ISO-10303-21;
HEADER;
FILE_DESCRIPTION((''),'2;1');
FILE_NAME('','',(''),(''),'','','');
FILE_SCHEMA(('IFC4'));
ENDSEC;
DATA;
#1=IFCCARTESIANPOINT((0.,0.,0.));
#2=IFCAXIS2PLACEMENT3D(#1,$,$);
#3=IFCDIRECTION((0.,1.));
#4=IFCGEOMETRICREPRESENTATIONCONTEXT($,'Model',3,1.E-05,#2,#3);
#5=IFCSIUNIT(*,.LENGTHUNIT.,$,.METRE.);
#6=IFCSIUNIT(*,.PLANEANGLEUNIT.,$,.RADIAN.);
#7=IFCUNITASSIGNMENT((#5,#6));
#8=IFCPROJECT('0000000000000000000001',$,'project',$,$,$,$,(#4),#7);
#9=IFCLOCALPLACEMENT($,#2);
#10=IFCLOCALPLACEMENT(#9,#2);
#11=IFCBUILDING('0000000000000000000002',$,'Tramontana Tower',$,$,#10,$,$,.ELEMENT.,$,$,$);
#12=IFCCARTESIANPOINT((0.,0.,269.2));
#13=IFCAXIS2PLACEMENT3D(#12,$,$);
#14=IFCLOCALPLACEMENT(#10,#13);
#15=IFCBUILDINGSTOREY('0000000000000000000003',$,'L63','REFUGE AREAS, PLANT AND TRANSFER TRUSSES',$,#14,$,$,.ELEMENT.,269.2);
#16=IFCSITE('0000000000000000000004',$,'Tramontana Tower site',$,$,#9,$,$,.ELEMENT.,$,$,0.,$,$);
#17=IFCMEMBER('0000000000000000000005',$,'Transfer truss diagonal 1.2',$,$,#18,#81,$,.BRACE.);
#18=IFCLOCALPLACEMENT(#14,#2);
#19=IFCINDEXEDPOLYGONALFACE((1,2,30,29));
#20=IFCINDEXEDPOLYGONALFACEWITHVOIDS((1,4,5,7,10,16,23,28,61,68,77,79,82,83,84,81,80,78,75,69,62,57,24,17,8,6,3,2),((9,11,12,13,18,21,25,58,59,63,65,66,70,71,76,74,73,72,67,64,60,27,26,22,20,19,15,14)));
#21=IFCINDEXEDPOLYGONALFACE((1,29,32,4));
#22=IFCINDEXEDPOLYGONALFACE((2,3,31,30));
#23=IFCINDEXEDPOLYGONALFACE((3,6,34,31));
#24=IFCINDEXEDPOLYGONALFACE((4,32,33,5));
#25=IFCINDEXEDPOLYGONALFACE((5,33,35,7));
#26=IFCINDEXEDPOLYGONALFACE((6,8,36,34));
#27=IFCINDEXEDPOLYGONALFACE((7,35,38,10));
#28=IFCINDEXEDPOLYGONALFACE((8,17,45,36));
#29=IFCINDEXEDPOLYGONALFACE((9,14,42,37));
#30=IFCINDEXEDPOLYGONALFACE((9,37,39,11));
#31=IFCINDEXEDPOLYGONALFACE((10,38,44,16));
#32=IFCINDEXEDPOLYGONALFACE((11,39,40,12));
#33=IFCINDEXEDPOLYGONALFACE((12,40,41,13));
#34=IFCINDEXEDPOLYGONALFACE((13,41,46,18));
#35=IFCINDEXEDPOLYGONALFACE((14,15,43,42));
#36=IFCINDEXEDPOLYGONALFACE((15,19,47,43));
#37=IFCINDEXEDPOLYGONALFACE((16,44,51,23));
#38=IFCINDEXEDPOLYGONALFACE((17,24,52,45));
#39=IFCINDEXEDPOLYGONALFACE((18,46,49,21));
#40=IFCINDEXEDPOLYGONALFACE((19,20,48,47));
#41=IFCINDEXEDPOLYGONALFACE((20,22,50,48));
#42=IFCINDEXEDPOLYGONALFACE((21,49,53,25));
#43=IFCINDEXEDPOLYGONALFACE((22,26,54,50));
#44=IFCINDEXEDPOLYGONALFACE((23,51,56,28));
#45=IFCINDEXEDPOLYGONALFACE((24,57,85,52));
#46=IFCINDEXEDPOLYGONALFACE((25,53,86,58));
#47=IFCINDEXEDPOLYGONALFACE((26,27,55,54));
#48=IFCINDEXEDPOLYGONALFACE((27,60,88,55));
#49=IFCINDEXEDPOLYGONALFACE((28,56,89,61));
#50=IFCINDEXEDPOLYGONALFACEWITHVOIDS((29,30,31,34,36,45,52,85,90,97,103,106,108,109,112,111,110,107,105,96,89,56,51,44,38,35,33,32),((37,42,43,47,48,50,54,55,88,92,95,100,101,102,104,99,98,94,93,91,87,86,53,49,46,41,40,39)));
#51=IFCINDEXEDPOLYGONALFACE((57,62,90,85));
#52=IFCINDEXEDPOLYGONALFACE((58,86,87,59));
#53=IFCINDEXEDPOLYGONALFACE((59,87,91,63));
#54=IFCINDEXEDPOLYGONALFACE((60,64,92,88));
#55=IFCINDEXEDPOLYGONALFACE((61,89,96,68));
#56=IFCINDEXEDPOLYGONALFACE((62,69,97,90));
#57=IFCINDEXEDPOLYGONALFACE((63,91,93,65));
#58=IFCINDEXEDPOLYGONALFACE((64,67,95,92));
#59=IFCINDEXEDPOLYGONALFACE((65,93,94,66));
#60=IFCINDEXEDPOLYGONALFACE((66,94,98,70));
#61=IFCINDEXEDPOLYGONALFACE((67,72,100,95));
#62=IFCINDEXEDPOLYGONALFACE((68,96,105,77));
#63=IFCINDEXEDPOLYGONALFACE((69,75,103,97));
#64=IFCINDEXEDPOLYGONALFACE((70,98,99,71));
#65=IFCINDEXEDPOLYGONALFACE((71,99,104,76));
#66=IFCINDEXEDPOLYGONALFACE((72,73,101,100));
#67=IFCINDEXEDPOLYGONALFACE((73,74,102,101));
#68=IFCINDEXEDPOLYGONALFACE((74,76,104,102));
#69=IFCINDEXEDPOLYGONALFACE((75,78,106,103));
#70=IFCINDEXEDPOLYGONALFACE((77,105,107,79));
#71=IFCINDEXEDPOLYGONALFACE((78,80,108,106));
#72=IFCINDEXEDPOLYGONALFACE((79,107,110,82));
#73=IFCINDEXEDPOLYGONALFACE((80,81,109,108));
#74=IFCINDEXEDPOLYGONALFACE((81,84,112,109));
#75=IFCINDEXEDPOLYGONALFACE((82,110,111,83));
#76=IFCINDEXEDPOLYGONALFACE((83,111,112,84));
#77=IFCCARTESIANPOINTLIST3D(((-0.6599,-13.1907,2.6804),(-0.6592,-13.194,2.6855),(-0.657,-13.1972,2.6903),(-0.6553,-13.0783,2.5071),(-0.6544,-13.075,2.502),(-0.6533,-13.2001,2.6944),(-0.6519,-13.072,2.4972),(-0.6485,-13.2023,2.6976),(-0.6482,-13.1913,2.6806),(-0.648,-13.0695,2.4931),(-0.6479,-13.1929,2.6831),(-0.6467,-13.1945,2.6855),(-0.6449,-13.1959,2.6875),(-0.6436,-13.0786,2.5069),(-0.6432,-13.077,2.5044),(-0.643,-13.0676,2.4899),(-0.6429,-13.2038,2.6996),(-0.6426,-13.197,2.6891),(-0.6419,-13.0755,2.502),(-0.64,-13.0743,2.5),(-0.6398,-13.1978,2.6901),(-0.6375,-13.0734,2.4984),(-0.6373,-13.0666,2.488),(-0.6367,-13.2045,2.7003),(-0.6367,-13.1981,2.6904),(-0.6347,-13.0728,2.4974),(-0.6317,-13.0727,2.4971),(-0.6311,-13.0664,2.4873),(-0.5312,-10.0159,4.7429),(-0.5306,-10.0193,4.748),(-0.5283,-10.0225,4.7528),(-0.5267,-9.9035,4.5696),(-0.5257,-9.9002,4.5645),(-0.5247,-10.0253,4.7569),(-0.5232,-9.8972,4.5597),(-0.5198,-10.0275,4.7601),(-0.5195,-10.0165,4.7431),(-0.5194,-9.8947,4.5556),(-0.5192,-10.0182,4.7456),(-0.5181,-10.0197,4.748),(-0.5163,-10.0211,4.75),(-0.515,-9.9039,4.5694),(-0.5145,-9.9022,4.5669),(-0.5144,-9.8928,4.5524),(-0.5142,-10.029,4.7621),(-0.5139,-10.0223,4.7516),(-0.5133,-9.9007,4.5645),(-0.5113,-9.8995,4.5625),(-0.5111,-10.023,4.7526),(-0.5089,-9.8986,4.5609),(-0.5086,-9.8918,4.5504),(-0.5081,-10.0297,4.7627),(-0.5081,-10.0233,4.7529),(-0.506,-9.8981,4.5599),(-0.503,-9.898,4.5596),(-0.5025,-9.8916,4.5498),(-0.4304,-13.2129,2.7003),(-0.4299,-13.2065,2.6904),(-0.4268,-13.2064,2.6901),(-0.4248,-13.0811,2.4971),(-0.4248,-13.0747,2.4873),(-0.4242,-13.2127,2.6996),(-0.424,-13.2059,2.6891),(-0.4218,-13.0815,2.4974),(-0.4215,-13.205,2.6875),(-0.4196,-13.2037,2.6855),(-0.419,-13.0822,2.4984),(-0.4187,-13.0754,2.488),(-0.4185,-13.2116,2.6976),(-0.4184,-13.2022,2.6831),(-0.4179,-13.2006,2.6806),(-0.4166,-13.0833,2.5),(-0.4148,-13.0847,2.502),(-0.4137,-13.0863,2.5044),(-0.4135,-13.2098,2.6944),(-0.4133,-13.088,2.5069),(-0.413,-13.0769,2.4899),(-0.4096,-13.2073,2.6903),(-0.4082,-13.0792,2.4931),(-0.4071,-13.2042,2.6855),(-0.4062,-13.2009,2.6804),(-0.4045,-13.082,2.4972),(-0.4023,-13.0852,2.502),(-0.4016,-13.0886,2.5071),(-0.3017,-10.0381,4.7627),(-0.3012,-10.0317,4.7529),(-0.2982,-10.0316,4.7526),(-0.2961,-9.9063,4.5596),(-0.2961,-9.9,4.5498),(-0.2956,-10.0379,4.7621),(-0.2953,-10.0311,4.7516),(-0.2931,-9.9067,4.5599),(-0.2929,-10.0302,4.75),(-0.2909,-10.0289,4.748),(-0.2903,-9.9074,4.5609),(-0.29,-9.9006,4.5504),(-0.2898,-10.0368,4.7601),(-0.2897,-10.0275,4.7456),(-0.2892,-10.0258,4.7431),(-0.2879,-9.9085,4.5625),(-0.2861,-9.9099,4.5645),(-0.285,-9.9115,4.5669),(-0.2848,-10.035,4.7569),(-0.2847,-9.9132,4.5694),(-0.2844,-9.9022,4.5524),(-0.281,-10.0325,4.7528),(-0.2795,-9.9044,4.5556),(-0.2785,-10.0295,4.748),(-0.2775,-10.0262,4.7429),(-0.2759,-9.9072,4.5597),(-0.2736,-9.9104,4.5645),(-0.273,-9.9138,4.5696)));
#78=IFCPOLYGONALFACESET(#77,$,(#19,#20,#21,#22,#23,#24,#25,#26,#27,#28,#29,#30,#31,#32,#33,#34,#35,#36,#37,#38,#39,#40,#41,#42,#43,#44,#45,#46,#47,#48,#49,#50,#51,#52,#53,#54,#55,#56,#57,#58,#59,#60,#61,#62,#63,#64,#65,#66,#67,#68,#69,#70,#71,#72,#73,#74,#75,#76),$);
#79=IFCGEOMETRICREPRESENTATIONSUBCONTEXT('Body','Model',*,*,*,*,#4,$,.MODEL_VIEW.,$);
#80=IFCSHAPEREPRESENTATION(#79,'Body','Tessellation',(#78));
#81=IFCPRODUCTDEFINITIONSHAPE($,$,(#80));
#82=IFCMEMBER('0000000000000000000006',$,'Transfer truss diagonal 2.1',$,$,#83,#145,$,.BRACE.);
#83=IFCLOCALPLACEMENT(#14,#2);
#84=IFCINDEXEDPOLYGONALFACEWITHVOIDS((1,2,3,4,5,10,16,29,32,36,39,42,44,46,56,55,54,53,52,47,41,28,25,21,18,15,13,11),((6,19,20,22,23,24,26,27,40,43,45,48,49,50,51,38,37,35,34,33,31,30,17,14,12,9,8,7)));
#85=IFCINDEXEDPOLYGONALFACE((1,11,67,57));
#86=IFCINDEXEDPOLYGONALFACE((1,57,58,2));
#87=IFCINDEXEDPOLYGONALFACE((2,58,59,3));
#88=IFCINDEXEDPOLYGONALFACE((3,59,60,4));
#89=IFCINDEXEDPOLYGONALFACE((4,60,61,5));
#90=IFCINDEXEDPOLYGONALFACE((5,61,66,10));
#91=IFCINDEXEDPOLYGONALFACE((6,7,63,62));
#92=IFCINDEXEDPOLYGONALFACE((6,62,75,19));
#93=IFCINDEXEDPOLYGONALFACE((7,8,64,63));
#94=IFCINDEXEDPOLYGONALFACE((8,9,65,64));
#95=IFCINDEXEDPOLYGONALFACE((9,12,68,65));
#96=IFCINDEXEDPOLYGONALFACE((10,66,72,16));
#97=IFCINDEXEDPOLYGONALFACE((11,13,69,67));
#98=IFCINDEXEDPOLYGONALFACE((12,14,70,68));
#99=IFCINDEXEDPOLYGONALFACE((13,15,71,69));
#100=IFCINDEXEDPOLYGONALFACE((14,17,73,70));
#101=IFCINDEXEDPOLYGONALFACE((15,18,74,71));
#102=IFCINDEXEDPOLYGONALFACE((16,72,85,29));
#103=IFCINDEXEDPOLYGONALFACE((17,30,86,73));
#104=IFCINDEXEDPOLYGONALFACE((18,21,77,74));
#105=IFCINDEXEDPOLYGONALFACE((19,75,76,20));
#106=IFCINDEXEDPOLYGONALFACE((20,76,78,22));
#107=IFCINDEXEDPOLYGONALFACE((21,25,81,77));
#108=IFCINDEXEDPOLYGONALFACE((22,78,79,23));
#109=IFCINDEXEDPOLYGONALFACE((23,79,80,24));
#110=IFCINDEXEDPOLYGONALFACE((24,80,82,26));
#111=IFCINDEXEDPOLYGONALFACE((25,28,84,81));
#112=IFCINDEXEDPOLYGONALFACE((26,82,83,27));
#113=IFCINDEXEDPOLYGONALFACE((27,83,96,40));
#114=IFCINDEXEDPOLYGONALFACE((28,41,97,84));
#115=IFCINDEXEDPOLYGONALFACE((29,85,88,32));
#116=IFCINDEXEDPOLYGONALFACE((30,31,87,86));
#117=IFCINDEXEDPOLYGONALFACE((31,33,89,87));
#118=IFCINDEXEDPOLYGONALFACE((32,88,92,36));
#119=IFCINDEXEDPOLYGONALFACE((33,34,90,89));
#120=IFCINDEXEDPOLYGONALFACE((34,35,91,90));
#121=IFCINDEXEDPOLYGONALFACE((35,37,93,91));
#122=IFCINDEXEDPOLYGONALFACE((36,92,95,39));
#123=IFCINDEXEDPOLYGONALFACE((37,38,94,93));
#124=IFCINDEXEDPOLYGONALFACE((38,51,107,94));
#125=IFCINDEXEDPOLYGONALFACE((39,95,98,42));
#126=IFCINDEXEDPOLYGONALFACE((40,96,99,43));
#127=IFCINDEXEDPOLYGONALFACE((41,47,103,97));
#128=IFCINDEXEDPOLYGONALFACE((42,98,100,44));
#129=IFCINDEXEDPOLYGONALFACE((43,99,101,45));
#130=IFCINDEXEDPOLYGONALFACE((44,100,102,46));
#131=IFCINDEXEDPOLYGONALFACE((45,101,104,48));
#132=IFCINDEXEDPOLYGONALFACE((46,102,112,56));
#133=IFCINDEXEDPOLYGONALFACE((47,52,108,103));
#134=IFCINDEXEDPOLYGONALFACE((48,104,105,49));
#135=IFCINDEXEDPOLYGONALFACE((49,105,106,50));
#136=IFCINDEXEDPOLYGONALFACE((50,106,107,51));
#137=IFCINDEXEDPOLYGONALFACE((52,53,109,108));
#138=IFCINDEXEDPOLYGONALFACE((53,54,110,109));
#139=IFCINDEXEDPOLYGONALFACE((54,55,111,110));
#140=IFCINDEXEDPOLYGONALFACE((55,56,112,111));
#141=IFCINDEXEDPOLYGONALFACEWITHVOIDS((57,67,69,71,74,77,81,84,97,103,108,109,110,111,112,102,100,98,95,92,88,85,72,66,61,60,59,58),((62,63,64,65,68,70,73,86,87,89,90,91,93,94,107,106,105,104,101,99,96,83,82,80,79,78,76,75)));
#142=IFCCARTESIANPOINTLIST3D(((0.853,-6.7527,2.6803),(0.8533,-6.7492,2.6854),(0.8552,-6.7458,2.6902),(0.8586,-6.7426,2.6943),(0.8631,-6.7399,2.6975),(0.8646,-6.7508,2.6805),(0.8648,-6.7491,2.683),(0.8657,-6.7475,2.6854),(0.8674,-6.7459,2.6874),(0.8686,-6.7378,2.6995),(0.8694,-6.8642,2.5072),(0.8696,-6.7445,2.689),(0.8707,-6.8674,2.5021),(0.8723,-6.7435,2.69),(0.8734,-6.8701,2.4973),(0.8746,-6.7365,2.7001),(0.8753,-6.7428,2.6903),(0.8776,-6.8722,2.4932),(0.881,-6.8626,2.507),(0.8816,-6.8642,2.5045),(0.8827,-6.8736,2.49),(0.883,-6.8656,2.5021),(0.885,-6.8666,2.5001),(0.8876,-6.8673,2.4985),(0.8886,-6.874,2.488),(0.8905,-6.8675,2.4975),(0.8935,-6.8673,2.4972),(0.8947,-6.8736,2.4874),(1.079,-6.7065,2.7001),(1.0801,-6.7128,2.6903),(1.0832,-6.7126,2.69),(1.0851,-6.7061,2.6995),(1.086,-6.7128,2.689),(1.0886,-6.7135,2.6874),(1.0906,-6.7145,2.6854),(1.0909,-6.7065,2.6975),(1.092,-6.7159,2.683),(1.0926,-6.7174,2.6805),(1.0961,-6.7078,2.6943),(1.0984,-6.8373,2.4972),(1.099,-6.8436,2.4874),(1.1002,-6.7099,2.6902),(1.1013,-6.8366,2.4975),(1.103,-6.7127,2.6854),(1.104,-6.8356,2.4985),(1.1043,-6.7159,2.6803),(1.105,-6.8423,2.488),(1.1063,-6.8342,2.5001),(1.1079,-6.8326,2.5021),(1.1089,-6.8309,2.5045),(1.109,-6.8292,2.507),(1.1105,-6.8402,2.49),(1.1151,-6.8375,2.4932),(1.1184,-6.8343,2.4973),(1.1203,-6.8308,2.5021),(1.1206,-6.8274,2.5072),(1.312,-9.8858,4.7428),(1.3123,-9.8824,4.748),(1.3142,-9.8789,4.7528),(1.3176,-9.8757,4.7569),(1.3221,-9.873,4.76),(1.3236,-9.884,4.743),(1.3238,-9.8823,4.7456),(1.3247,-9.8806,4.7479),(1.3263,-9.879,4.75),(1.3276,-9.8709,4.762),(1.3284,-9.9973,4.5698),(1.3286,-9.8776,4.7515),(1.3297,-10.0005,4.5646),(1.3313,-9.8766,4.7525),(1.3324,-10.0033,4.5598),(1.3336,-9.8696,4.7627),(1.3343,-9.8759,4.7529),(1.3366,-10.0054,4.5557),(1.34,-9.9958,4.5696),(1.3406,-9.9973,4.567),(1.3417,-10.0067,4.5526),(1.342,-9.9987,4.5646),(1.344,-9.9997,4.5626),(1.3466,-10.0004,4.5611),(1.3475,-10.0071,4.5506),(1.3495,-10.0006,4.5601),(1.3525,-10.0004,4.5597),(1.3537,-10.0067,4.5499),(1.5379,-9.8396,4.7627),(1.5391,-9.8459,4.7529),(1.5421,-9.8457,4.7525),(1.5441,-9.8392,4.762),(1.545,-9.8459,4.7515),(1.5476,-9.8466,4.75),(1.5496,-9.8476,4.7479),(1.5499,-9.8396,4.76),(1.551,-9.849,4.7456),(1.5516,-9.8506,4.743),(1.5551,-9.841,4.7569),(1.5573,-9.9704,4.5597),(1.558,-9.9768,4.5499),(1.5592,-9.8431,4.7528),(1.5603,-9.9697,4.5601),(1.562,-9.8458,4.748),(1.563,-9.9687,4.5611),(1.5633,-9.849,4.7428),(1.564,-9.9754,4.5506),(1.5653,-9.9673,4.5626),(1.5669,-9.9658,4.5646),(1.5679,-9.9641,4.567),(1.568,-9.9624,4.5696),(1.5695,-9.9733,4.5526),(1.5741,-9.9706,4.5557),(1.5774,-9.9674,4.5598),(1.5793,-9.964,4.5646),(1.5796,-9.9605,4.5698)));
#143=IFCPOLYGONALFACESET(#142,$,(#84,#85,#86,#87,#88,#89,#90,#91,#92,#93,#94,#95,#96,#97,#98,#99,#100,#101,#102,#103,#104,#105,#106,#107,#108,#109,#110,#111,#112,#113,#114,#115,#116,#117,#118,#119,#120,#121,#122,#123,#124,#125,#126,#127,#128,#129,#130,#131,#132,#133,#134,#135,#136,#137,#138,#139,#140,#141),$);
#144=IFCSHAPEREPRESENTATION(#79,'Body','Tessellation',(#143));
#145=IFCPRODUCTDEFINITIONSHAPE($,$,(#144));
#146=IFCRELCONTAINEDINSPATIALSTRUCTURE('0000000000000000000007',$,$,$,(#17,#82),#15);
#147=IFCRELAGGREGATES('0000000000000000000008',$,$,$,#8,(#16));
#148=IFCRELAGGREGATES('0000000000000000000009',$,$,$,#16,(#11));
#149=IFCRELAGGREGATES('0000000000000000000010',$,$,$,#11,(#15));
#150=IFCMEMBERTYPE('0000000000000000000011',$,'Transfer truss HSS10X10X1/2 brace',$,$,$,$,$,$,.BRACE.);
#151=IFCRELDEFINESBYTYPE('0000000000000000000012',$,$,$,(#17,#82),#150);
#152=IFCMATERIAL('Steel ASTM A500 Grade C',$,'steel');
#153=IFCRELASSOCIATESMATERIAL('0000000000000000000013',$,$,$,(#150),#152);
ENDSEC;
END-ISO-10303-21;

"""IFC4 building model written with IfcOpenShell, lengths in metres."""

from ifc_helpers import new_model, si_unit, direction, frame, origin, origin_2d, place, context, subcontext, project, spatial, hollow_rectangle, extrude, material, material_profile, profile_set, type_object, element, save


model = new_model("IFC4")

# Units and contexts
model_context = context("Model", 3, precision=1e-05, world=origin(), true_north=direction((0.0, 1.0)))
body_context = subcontext(model_context, "Body", "Model", "MODEL_VIEW")
ifc_project = project(units=[si_unit("LENGTHUNIT", "METRE"), si_unit("PLANEANGLEUNIT", "RADIAN")], contexts=[model_context])

# Site, building, storey
site_placement = place(None, origin())
site = spatial("IfcSite", under=ifc_project, at=site_placement, Name="Tramontana Tower site", CompositionType="ELEMENT", RefElevation=0.0)
building_placement = place(site_placement, origin())
building = spatial("IfcBuilding", under=site, at=building_placement, Name="Tramontana Tower", CompositionType="ELEMENT")
storey_placement = place(building_placement, frame((0.0, 0.0, 269.2)))
storey = spatial("IfcBuildingStorey", under=building, at=storey_placement, Name="L63", Description="REFUGE AREAS, PLANT AND TRANSFER TRUSSES", CompositionType="ELEMENT", Elevation=269.2)

# Members
ifc_material_1 = material(Name="Steel ASTM A500 Grade C", Category="steel")
ifc_material_profile_1 = material_profile(ifc_material_1, hollow_rectangle(XDim=0.2539, YDim=0.2539, WallThickness=0.0117, InnerFilletRadius=0.0117, OuterFilletRadius=0.0237, at=origin_2d()), Name="HSS10X10X1/2")
ifc_profile_set_1 = profile_set([ifc_material_profile_1], Name="Steel ASTM A500 Grade C")
member_type_1 = type_object("IfcMemberType", Name="Transfer truss HSS10X10X1/2 brace", PredefinedType="BRACE", material=ifc_profile_set_1)
for number, where, z_axis, x_axis, name in (
    (1, (-0.4021, -9.9648, 4.6562), (-0.033965, -0.838095, -0.544465), (0.99918, -0.040493, 0.0), "Transfer truss diagonal 1.2"),
):
    element("IfcMember", number, at=place(storey_placement, frame(where, z_axis=z_axis, x_axis=x_axis)), inside=storey, type_object=member_type_1, Name=name, PredefinedType="BRACE", context=body_context, shape_type="SweptSolid", body=[
        extrude(hollow_rectangle(XDim=0.2539, YDim=0.2539, WallThickness=0.0117, InnerFilletRadius=0.0117, OuterFilletRadius=0.0237, at=origin_2d()), origin(), (0.0, 0.0, 1.0), 3.7881),
    ])
member_1_placement = place(storey_placement, frame((0.9868, -6.79, 2.5938), z_axis=(0.121458, -0.829077, 0.545784), x_axis=(0.989439, 0.14495, 0.0)))
element("IfcMember", 2, at=member_1_placement, inside=storey, type_object=member_type_1, Name="Transfer truss diagonal 2.1", PredefinedType="BRACE", context=body_context, shape_type="SweptSolid", body=[
    extrude(hollow_rectangle(XDim=0.2539, YDim=0.2539, WallThickness=0.0117, InnerFilletRadius=0.0117, OuterFilletRadius=0.0237, at=origin_2d()), origin(), (0.0, 0.0, 1.0), 3.7791),
])

save(model, "model.ifc")
